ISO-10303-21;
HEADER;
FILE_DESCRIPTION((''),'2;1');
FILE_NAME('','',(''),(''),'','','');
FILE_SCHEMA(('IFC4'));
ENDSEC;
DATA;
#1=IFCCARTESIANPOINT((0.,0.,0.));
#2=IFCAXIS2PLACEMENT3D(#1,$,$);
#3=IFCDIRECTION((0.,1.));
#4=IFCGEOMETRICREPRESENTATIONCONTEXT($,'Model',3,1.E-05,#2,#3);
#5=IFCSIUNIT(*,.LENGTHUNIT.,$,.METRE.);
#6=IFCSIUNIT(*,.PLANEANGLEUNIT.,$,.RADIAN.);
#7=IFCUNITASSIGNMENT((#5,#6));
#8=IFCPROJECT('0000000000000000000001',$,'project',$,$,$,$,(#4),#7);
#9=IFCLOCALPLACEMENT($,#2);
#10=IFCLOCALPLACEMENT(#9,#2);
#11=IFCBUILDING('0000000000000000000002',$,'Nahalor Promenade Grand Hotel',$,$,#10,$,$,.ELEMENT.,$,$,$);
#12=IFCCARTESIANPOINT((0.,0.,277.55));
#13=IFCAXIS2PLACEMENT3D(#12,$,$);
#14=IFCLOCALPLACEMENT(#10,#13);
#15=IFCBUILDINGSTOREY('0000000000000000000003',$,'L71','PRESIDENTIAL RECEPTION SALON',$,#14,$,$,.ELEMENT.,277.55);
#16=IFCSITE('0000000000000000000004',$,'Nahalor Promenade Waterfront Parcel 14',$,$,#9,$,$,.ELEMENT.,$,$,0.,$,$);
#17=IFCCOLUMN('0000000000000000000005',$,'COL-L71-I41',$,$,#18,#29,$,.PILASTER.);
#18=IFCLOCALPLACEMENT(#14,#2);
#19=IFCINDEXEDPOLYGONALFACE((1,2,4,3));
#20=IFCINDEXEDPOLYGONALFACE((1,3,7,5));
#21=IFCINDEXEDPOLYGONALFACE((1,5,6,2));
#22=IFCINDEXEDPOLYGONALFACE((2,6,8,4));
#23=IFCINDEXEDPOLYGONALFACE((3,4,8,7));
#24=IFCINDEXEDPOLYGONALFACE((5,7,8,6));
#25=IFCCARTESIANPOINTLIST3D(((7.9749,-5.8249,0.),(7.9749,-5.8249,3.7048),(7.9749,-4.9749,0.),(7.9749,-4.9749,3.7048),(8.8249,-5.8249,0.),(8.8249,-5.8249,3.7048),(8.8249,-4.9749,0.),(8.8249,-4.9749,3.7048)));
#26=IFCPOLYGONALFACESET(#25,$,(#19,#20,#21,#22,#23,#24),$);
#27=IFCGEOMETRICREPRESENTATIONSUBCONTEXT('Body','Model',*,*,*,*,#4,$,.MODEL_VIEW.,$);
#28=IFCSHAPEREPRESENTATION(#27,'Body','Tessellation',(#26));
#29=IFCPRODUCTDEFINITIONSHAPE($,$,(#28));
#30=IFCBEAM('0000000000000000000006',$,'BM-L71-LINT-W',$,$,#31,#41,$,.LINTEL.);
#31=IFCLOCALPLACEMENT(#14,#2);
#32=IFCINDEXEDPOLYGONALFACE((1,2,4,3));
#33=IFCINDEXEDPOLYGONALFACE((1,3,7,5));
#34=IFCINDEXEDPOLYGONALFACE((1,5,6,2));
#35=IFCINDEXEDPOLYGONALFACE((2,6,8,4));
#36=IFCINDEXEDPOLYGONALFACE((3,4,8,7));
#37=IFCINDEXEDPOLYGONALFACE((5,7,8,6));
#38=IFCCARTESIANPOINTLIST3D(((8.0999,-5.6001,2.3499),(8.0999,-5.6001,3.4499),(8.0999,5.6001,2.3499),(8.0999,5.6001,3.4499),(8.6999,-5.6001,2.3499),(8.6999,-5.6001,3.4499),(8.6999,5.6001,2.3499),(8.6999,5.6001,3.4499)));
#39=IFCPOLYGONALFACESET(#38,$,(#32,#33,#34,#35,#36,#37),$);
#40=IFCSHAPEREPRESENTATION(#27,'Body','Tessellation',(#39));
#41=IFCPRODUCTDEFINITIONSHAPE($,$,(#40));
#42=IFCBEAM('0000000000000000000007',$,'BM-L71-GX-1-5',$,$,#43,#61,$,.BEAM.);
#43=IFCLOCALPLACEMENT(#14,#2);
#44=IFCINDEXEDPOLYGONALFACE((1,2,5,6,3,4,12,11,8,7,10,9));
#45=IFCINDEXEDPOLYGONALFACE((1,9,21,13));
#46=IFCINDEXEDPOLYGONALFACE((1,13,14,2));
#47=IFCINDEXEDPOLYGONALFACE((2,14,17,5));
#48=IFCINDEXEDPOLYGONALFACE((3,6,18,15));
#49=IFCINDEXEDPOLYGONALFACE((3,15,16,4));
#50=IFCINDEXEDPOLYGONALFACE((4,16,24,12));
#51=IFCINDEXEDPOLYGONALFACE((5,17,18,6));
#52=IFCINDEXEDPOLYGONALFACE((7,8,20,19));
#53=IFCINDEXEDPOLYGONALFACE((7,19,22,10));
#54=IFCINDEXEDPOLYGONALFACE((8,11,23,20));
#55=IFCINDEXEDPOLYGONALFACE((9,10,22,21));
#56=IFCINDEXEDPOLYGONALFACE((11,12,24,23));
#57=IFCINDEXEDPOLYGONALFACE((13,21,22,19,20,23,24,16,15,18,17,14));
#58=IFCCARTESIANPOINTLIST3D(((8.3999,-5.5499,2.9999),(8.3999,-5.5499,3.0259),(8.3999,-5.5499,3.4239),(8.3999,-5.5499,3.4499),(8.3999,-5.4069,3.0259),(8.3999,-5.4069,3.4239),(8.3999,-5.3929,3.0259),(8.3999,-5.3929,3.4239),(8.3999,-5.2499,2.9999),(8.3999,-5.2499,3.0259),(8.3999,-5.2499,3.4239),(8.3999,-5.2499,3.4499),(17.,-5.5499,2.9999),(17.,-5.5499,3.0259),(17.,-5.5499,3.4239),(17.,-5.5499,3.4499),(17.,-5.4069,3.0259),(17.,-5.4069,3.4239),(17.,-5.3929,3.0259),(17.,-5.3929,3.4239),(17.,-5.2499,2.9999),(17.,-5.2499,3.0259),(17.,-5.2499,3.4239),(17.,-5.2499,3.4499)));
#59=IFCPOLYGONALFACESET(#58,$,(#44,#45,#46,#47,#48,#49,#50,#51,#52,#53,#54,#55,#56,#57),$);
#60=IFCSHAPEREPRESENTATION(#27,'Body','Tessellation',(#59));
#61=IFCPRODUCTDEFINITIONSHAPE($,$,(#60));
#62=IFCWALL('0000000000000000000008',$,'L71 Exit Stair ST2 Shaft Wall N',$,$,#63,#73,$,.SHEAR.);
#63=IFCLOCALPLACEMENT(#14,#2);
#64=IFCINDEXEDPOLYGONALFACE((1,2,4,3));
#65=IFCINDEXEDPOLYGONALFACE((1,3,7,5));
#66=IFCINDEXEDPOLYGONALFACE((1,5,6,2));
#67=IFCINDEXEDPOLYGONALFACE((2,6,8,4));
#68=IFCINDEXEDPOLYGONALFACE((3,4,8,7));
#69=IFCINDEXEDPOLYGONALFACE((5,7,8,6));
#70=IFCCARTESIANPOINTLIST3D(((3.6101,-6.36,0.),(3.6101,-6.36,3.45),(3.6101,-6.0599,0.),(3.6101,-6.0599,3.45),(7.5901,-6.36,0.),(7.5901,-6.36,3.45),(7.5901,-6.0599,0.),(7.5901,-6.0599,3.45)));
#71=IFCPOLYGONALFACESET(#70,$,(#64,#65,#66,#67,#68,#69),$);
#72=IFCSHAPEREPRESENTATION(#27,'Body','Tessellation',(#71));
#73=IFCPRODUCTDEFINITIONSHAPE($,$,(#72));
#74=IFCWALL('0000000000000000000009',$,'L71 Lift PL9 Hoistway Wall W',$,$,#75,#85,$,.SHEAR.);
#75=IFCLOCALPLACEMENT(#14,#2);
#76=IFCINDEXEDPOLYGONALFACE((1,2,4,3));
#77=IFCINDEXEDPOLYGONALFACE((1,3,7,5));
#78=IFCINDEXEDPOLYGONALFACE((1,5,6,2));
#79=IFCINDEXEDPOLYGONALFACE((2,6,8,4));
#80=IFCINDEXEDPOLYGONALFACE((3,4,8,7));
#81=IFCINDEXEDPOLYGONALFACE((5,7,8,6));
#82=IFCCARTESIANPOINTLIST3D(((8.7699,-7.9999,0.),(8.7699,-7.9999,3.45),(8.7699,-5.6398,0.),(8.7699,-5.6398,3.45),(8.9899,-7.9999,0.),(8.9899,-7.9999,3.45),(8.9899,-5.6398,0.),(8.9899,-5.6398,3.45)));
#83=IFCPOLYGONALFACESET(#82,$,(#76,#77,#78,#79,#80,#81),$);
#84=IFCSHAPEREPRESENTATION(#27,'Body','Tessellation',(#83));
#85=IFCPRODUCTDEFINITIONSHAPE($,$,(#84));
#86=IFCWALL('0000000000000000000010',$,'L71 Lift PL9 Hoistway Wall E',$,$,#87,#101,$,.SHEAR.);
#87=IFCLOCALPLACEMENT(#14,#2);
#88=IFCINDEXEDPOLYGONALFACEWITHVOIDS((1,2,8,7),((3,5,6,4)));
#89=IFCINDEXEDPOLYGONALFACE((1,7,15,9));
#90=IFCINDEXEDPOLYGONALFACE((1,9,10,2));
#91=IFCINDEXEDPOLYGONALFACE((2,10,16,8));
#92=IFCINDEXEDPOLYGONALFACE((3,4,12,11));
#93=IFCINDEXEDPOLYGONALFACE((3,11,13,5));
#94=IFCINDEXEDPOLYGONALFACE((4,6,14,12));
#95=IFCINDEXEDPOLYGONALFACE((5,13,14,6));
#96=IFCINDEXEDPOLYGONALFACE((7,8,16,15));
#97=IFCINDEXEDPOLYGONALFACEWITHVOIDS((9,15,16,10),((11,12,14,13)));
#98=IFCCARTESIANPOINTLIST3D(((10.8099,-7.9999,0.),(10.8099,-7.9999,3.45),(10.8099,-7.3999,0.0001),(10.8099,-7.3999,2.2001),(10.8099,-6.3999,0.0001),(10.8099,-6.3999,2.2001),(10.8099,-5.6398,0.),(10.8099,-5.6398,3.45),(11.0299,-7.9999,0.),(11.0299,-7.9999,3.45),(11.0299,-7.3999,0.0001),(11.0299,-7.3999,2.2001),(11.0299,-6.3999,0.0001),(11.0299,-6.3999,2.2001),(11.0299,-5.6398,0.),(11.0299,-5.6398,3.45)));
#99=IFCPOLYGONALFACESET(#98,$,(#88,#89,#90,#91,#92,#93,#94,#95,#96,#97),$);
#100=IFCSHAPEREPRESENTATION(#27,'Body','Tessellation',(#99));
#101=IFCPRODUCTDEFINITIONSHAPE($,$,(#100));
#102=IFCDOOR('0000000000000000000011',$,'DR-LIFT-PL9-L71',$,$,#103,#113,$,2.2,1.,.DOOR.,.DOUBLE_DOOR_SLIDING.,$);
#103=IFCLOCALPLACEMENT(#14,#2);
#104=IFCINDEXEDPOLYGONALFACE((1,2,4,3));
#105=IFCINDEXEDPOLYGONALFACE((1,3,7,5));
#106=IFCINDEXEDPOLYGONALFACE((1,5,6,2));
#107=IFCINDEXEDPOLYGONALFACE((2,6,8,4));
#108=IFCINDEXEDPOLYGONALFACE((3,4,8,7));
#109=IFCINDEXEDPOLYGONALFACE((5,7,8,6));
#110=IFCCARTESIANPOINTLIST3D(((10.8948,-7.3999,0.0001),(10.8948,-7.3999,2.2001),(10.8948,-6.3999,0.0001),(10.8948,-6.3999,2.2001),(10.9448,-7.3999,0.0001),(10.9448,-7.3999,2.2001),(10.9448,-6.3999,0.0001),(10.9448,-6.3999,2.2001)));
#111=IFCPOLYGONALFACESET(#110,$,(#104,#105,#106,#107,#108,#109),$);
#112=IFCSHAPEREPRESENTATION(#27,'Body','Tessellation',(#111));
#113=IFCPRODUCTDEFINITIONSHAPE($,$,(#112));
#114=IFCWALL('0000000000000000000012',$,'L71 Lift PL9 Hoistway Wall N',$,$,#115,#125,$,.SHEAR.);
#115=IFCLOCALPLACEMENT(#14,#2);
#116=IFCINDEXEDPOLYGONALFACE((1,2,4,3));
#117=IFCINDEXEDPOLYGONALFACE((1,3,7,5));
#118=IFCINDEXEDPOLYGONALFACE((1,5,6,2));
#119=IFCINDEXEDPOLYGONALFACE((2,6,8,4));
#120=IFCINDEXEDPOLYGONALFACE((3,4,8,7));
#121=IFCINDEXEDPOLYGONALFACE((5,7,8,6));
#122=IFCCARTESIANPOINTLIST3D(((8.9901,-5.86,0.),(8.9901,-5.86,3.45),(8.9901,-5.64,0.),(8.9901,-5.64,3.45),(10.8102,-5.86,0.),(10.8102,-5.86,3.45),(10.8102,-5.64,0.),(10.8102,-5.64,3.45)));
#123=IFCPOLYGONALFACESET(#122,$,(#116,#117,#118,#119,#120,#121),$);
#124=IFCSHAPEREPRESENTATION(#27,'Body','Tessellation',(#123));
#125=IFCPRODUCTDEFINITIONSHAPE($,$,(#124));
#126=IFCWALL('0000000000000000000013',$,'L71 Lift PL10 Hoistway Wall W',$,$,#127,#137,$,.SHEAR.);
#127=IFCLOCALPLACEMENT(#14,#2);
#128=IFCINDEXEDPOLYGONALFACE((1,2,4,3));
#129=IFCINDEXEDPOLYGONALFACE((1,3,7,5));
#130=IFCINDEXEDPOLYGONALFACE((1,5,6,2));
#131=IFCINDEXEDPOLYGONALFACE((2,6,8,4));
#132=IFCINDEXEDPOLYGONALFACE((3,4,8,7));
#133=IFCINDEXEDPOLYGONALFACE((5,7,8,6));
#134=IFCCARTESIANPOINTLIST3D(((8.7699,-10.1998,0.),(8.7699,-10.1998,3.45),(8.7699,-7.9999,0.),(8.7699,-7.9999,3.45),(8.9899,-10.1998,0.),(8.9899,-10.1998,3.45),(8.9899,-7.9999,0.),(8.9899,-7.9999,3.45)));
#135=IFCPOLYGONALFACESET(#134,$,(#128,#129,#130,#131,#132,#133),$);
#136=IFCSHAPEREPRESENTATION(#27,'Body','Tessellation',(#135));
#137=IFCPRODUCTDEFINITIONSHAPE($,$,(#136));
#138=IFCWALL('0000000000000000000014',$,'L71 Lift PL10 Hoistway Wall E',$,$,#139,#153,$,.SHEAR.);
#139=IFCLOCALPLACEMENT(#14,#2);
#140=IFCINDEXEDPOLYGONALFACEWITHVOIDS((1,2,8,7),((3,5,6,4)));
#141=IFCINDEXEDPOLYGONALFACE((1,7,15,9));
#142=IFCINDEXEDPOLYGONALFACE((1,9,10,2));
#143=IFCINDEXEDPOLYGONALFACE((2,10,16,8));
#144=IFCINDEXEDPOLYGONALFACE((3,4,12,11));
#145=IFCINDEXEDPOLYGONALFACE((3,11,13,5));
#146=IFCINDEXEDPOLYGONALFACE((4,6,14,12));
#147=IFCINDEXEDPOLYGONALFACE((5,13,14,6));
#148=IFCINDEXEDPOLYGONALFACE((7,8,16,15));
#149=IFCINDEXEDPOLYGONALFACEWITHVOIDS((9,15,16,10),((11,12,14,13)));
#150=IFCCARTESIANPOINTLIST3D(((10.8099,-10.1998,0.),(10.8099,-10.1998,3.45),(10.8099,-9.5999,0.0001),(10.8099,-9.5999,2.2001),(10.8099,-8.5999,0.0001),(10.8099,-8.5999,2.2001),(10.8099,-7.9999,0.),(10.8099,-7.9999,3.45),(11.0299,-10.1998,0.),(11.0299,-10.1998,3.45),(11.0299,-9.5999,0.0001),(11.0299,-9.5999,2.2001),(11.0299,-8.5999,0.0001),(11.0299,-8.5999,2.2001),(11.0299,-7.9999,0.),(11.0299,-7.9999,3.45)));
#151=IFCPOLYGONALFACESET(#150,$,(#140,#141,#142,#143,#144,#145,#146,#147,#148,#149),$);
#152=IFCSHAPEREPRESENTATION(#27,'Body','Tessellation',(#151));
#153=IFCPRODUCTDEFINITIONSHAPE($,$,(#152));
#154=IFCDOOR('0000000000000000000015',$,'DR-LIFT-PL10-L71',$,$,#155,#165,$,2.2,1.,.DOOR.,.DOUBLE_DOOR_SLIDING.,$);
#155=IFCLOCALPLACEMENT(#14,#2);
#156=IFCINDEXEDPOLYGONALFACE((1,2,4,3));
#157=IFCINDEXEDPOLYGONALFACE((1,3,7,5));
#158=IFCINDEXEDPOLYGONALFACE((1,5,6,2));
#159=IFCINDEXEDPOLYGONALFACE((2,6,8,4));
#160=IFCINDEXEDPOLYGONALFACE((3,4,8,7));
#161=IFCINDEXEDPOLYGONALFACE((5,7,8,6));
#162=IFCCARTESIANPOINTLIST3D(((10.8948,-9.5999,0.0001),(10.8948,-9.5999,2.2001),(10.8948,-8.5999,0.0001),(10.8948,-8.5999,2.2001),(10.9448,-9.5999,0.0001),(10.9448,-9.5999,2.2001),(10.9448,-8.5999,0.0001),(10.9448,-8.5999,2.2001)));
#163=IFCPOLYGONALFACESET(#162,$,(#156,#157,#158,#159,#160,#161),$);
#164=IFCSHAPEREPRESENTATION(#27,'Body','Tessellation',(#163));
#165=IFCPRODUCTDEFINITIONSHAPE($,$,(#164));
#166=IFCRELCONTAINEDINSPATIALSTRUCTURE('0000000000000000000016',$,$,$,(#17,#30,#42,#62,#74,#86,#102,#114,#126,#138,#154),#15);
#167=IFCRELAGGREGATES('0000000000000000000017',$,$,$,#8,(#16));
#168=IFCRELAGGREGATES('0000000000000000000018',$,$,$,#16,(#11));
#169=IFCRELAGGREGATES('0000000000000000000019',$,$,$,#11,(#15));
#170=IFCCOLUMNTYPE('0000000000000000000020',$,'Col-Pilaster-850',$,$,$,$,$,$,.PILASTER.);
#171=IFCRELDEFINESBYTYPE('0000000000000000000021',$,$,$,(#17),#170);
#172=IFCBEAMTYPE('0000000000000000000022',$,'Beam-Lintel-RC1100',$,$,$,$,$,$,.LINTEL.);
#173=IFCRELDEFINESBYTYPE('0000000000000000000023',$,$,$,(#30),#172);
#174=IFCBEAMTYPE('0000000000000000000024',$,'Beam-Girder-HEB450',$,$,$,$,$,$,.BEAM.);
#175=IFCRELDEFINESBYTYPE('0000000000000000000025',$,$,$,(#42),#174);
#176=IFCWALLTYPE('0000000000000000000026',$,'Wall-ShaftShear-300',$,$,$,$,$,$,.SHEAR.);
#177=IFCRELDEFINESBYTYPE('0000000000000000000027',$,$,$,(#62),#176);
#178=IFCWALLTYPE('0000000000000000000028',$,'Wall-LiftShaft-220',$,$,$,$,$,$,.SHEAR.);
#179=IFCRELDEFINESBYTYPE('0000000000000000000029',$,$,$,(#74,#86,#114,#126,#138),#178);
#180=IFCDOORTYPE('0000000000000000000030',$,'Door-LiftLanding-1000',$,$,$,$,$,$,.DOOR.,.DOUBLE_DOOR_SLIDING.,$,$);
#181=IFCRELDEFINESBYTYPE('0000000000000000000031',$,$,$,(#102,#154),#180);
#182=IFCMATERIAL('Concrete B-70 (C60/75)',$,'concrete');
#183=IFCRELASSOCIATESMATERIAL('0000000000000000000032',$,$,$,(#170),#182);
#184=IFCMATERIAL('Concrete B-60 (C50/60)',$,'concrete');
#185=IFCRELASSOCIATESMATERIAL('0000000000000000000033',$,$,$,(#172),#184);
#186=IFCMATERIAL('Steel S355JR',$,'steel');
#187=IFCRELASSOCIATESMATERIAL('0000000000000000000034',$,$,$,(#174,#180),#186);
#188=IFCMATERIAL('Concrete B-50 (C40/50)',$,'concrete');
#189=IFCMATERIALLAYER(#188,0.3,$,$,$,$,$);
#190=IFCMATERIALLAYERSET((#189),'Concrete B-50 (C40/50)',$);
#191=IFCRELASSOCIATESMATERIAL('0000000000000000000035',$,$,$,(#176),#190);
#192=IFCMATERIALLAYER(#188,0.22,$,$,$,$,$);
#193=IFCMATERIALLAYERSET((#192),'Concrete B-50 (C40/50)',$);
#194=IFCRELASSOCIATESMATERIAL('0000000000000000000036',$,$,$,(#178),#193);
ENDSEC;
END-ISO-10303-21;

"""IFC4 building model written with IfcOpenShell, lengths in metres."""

from ifc_helpers import new_model, si_unit, direction, frame, frame_2d, origin, origin_2d, place, context, subcontext, project, spatial, rectangle, i_section, extrude, source, transform, mapped, material, layer, layer_set, material_profile, profile_set, type_object, element, fill, save


model = new_model("IFC4")

# Units and contexts
model_context = context("Model", 3, precision=1e-05, world=origin(), true_north=direction((0.0, 1.0)))
body_context = subcontext(model_context, "Body", "Model", "MODEL_VIEW")
ifc_project = project(units=[si_unit("LENGTHUNIT", "METRE"), si_unit("PLANEANGLEUNIT", "RADIAN")], contexts=[model_context])

# Site, building, storey
site_placement = place(None, origin())
site = spatial("IfcSite", under=ifc_project, at=site_placement, Name="Nahalor Promenade Waterfront Parcel 14", CompositionType="ELEMENT", RefElevation=0.0)
building_placement = place(site_placement, origin())
building = spatial("IfcBuilding", under=site, at=building_placement, Name="Nahalor Promenade Grand Hotel", CompositionType="ELEMENT")
storey_placement = place(building_placement, frame((0.0, 0.0, 277.55)))
storey = spatial("IfcBuildingStorey", under=building, at=storey_placement, Name="L71", Description="PRESIDENTIAL RECEPTION SALON", CompositionType="ELEMENT", Elevation=277.55)

# Column
ifc_material_1 = material(Name="Concrete B-70 (C60/75)", Category="concrete")
ifc_material_profile_1 = material_profile(ifc_material_1, rectangle(XDim=0.85, YDim=0.85, at=origin_2d()), Name="RC 850x850")
ifc_profile_set_1 = profile_set([ifc_material_profile_1], Name="Concrete B-70 (C60/75)")
column_type = type_object("IfcColumnType", Name="Col-Pilaster-850", PredefinedType="PILASTER", material=ifc_profile_set_1)
shared_shape_1 = source(origin(), body_context, "Body", "SweptSolid", [
    extrude(rectangle(XDim=0.85, YDim=0.85, at=origin_2d()), origin(), (0.0, 0.0, 1.0), 3.7048),
])
column_placement = place(storey_placement, frame((8.3999, -5.3999, 0.0), z_axis=(0.0, 0.0, 1.0), x_axis=(1.0, 0.0, 0.0)))
element("IfcColumn", 1, at=column_placement, inside=storey, type_object=column_type, Name="COL-L71-I41", PredefinedType="PILASTER", context=body_context, shape_type="MappedRepresentation", body=[
    mapped(shared_shape_1, transform((0.0, 0.0, 0.0), scale=1.0)),
])

# Beams
ifc_material_2 = material(Name="Concrete B-60 (C50/60)", Category="concrete")
ifc_material_profile_2 = material_profile(ifc_material_2, rectangle(XDim=0.6, YDim=1.1, at=origin_2d()), Name="RC 600x1100")
ifc_profile_set_2 = profile_set([ifc_material_profile_2], Name="Concrete B-60 (C50/60)")
beam_type_1 = type_object("IfcBeamType", Name="Beam-Lintel-RC1100", PredefinedType="LINTEL", material=ifc_profile_set_2)
shared_shape_2 = source(origin(), body_context, "Body", "SweptSolid", [
    extrude(rectangle(XDim=0.6, YDim=1.1, at=origin_2d()), origin(), (0.0, 0.0, 1.0), 11.2002),
])
beam_1_placement = place(storey_placement, frame((8.3999, -5.6001, 2.8999), z_axis=(0.0, 1.0, 0.0), x_axis=(-1.0, 0.0, 0.0)))
element("IfcBeam", 2, at=beam_1_placement, inside=storey, type_object=beam_type_1, Name="BM-L71-LINT-W", PredefinedType="LINTEL", context=body_context, shape_type="MappedRepresentation", body=[
    mapped(shared_shape_2, transform((0.0, 0.0, 0.0), scale=1.0)),
])
ifc_material_3 = material(Name="Steel S355JR", Category="steel")
ifc_material_profile_3 = material_profile(ifc_material_3, i_section(OverallWidth=0.3, OverallDepth=0.45, WebThickness=0.014, FlangeThickness=0.026, at=origin_2d()), Name="HEB 450")
ifc_profile_set_3 = profile_set([ifc_material_profile_3], Name="Steel S355JR")
beam_type_2 = type_object("IfcBeamType", Name="Beam-Girder-HEB450", PredefinedType="BEAM", material=ifc_profile_set_3)
shared_shape_3 = source(origin(), body_context, "Body", "SweptSolid", [
    extrude(i_section(OverallWidth=0.3, OverallDepth=0.45, WebThickness=0.014, FlangeThickness=0.026, at=origin_2d()), origin(), (0.0, 0.0, 1.0), 8.6001),
])
beam_2_placement = place(storey_placement, frame((8.3999, -5.3999, 3.2249), z_axis=(1.0, 0.0, 0.0), x_axis=(0.0, 1.0, 0.0)))
element("IfcBeam", 3, at=beam_2_placement, inside=storey, type_object=beam_type_2, Name="BM-L71-GX-1-5", PredefinedType="BEAM", context=body_context, shape_type="MappedRepresentation", body=[
    mapped(shared_shape_3, transform((0.0, 0.0, 0.0), scale=1.0)),
])

# Walls
ifc_material_4 = material(Name="Concrete B-50 (C40/50)", Category="concrete")
ifc_layer_1 = layer(ifc_material_4, 0.3)
ifc_layer_set_1 = layer_set([ifc_layer_1], Name="Concrete B-50 (C40/50)")
wall_type_1 = type_object("IfcWallType", Name="Wall-ShaftShear-300", PredefinedType="SHEAR", material=ifc_layer_set_1)
shared_shape_4 = source(origin(), body_context, "Body", "SweptSolid", [
    extrude(rectangle(XDim=3.98, YDim=0.3, at=frame_2d((1.99, 0.0))), origin(), (0.0, 0.0, 1.0), 3.45),
])
wall_1_placement = place(storey_placement, frame((3.6101, -6.21, 0.0), z_axis=(0.0, 0.0, 1.0), x_axis=(1.0, 0.0, 0.0)))
element("IfcWall", 4, at=wall_1_placement, inside=storey, type_object=wall_type_1, Name="L71 Exit Stair ST2 Shaft Wall N", PredefinedType="SHEAR", context=body_context, shape_type="MappedRepresentation", body=[
    mapped(shared_shape_4, transform((0.0, 0.0, 0.0), scale=1.0)),
])
ifc_layer_2 = layer(ifc_material_4, 0.22)
ifc_layer_set_2 = layer_set([ifc_layer_2], Name="Concrete B-50 (C40/50)")
wall_type_2 = type_object("IfcWallType", Name="Wall-LiftShaft-220", PredefinedType="SHEAR", material=ifc_layer_set_2)
shared_shape_5 = source(origin(), body_context, "Body", "SweptSolid", [
    extrude(rectangle(XDim=2.3601, YDim=0.22, at=frame_2d((1.1802, 0.0))), origin(), (0.0, 0.0, 1.0), 3.45),
])
wall_2_placement = place(storey_placement, frame((8.8799, -8.0, 0.0), z_axis=(0.0, 0.0, 1.0), x_axis=(0.0, 1.0, 0.0)))
element("IfcWall", 5, at=wall_2_placement, inside=storey, type_object=wall_type_2, Name="L71 Lift PL9 Hoistway Wall W", PredefinedType="SHEAR", context=body_context, shape_type="MappedRepresentation", body=[
    mapped(shared_shape_5, transform((0.0, 0.0, 0.0), scale=1.0)),
])

# Wall, opening, door
wall_3_placement = place(storey_placement, frame((10.9199, -8.0, 0.0), z_axis=(0.0, 0.0, 1.0), x_axis=(0.0, 1.0, 0.0)))
wall_3 = element("IfcWall", 6, at=wall_3_placement, inside=storey, type_object=wall_type_2, Name="L71 Lift PL9 Hoistway Wall E", PredefinedType="SHEAR", context=body_context, shape_type="MappedRepresentation", body=[
    mapped(shared_shape_5, transform((0.0, 0.0, 0.0), scale=1.0)),
])
opening_1_placement = place(wall_3_placement, frame((0.6001, 0.0, 0.0)))
opening_1 = element("IfcOpeningElement", 7, at=opening_1_placement, cuts=wall_3, PredefinedType="OPENING", context=body_context, shape_type="SweptSolid", body=[
    extrude(rectangle(XDim=1.0, YDim=2.2, at=frame_2d((0.5, 1.1001))), frame((0.0, 0.1199, 0.0), z_axis=(0.0, -1.0, 0.0), x_axis=(1.0, 0.0, 0.0)), (0.0, 0.0, 1.0), 0.24),
])
door_type = type_object("IfcDoorType", Name="Door-LiftLanding-1000", OperationType="DOUBLE_DOOR_SLIDING", PredefinedType="DOOR", material=ifc_material_3)
shared_shape_6 = source(origin(), body_context, "Body", "SweptSolid", [
    extrude(rectangle(XDim=1.0, YDim=2.2, at=frame_2d((0.5, 1.1001))), frame((0.0, 0.0249, 0.0), z_axis=(0.0, -1.0, 0.0), x_axis=(1.0, 0.0, 0.0)), (0.0, 0.0, 1.0), 0.05),
])
door_1_placement = place(opening_1_placement, frame((1.0, 0.0, 0.0), z_axis=(0.0, 0.0, 1.0), x_axis=(-1.0, 0.0, 0.0)))
door_1 = element("IfcDoor", 8, at=door_1_placement, inside=storey, type_object=door_type, Name="DR-LIFT-PL9-L71", OperationType="DOUBLE_DOOR_SLIDING", OverallHeight=2.2, OverallWidth=1.0, PredefinedType="DOOR", context=body_context, shape_type="MappedRepresentation", body=[
    mapped(shared_shape_6, transform((0.0, 0.0, 0.0), scale=1.0)),
])
fill(opening_1, door_1)

# Walls
shared_shape_7 = source(origin(), body_context, "Body", "SweptSolid", [
    extrude(rectangle(XDim=1.8201, YDim=0.22, at=frame_2d((0.9102, 0.0))), origin(), (0.0, 0.0, 1.0), 3.45),
])
wall_4_placement = place(storey_placement, frame((8.99, -5.75, 0.0), z_axis=(0.0, 0.0, 1.0), x_axis=(1.0, 0.0, 0.0)))
element("IfcWall", 9, at=wall_4_placement, inside=storey, type_object=wall_type_2, Name="L71 Lift PL9 Hoistway Wall N", PredefinedType="SHEAR", context=body_context, shape_type="MappedRepresentation", body=[
    mapped(shared_shape_7, transform((0.0, 0.0, 0.0), scale=1.0)),
])
shared_shape_8 = source(origin(), body_context, "Body", "SweptSolid", [
    extrude(rectangle(XDim=2.2, YDim=0.22, at=frame_2d((1.1001, 0.0))), origin(), (0.0, 0.0, 1.0), 3.45),
])
wall_5_placement = place(storey_placement, frame((8.8799, -10.2, 0.0), z_axis=(0.0, 0.0, 1.0), x_axis=(0.0, 1.0, 0.0)))
element("IfcWall", 10, at=wall_5_placement, inside=storey, type_object=wall_type_2, Name="L71 Lift PL10 Hoistway Wall W", PredefinedType="SHEAR", context=body_context, shape_type="MappedRepresentation", body=[
    mapped(shared_shape_8, transform((0.0, 0.0, 0.0), scale=1.0)),
])

# Wall, opening, door
wall_6_placement = place(storey_placement, frame((10.9199, -10.2, 0.0), z_axis=(0.0, 0.0, 1.0), x_axis=(0.0, 1.0, 0.0)))
wall_6 = element("IfcWall", 11, at=wall_6_placement, inside=storey, type_object=wall_type_2, Name="L71 Lift PL10 Hoistway Wall E", PredefinedType="SHEAR", context=body_context, shape_type="MappedRepresentation", body=[
    mapped(shared_shape_8, transform((0.0, 0.0, 0.0), scale=1.0)),
])
opening_2_placement = place(wall_6_placement, frame((0.6001, 0.0, 0.0)))
opening_2 = element("IfcOpeningElement", 12, at=opening_2_placement, cuts=wall_6, PredefinedType="OPENING", context=body_context, shape_type="SweptSolid", body=[
    extrude(rectangle(XDim=1.0, YDim=2.2, at=frame_2d((0.5, 1.1001))), frame((0.0, 0.1199, 0.0), z_axis=(0.0, -1.0, 0.0), x_axis=(1.0, 0.0, 0.0)), (0.0, 0.0, 1.0), 0.24),
])
door_2_placement = place(opening_2_placement, frame((1.0, 0.0, 0.0), z_axis=(0.0, 0.0, 1.0), x_axis=(-1.0, 0.0, 0.0)))
door_2 = element("IfcDoor", 13, at=door_2_placement, inside=storey, type_object=door_type, Name="DR-LIFT-PL10-L71", OperationType="DOUBLE_DOOR_SLIDING", OverallHeight=2.2, OverallWidth=1.0, PredefinedType="DOOR", context=body_context, shape_type="MappedRepresentation", body=[
    mapped(shared_shape_6, transform((0.0, 0.0, 0.0), scale=1.0)),
])
fill(opening_2, door_2)

save(model, "model.ifc")
